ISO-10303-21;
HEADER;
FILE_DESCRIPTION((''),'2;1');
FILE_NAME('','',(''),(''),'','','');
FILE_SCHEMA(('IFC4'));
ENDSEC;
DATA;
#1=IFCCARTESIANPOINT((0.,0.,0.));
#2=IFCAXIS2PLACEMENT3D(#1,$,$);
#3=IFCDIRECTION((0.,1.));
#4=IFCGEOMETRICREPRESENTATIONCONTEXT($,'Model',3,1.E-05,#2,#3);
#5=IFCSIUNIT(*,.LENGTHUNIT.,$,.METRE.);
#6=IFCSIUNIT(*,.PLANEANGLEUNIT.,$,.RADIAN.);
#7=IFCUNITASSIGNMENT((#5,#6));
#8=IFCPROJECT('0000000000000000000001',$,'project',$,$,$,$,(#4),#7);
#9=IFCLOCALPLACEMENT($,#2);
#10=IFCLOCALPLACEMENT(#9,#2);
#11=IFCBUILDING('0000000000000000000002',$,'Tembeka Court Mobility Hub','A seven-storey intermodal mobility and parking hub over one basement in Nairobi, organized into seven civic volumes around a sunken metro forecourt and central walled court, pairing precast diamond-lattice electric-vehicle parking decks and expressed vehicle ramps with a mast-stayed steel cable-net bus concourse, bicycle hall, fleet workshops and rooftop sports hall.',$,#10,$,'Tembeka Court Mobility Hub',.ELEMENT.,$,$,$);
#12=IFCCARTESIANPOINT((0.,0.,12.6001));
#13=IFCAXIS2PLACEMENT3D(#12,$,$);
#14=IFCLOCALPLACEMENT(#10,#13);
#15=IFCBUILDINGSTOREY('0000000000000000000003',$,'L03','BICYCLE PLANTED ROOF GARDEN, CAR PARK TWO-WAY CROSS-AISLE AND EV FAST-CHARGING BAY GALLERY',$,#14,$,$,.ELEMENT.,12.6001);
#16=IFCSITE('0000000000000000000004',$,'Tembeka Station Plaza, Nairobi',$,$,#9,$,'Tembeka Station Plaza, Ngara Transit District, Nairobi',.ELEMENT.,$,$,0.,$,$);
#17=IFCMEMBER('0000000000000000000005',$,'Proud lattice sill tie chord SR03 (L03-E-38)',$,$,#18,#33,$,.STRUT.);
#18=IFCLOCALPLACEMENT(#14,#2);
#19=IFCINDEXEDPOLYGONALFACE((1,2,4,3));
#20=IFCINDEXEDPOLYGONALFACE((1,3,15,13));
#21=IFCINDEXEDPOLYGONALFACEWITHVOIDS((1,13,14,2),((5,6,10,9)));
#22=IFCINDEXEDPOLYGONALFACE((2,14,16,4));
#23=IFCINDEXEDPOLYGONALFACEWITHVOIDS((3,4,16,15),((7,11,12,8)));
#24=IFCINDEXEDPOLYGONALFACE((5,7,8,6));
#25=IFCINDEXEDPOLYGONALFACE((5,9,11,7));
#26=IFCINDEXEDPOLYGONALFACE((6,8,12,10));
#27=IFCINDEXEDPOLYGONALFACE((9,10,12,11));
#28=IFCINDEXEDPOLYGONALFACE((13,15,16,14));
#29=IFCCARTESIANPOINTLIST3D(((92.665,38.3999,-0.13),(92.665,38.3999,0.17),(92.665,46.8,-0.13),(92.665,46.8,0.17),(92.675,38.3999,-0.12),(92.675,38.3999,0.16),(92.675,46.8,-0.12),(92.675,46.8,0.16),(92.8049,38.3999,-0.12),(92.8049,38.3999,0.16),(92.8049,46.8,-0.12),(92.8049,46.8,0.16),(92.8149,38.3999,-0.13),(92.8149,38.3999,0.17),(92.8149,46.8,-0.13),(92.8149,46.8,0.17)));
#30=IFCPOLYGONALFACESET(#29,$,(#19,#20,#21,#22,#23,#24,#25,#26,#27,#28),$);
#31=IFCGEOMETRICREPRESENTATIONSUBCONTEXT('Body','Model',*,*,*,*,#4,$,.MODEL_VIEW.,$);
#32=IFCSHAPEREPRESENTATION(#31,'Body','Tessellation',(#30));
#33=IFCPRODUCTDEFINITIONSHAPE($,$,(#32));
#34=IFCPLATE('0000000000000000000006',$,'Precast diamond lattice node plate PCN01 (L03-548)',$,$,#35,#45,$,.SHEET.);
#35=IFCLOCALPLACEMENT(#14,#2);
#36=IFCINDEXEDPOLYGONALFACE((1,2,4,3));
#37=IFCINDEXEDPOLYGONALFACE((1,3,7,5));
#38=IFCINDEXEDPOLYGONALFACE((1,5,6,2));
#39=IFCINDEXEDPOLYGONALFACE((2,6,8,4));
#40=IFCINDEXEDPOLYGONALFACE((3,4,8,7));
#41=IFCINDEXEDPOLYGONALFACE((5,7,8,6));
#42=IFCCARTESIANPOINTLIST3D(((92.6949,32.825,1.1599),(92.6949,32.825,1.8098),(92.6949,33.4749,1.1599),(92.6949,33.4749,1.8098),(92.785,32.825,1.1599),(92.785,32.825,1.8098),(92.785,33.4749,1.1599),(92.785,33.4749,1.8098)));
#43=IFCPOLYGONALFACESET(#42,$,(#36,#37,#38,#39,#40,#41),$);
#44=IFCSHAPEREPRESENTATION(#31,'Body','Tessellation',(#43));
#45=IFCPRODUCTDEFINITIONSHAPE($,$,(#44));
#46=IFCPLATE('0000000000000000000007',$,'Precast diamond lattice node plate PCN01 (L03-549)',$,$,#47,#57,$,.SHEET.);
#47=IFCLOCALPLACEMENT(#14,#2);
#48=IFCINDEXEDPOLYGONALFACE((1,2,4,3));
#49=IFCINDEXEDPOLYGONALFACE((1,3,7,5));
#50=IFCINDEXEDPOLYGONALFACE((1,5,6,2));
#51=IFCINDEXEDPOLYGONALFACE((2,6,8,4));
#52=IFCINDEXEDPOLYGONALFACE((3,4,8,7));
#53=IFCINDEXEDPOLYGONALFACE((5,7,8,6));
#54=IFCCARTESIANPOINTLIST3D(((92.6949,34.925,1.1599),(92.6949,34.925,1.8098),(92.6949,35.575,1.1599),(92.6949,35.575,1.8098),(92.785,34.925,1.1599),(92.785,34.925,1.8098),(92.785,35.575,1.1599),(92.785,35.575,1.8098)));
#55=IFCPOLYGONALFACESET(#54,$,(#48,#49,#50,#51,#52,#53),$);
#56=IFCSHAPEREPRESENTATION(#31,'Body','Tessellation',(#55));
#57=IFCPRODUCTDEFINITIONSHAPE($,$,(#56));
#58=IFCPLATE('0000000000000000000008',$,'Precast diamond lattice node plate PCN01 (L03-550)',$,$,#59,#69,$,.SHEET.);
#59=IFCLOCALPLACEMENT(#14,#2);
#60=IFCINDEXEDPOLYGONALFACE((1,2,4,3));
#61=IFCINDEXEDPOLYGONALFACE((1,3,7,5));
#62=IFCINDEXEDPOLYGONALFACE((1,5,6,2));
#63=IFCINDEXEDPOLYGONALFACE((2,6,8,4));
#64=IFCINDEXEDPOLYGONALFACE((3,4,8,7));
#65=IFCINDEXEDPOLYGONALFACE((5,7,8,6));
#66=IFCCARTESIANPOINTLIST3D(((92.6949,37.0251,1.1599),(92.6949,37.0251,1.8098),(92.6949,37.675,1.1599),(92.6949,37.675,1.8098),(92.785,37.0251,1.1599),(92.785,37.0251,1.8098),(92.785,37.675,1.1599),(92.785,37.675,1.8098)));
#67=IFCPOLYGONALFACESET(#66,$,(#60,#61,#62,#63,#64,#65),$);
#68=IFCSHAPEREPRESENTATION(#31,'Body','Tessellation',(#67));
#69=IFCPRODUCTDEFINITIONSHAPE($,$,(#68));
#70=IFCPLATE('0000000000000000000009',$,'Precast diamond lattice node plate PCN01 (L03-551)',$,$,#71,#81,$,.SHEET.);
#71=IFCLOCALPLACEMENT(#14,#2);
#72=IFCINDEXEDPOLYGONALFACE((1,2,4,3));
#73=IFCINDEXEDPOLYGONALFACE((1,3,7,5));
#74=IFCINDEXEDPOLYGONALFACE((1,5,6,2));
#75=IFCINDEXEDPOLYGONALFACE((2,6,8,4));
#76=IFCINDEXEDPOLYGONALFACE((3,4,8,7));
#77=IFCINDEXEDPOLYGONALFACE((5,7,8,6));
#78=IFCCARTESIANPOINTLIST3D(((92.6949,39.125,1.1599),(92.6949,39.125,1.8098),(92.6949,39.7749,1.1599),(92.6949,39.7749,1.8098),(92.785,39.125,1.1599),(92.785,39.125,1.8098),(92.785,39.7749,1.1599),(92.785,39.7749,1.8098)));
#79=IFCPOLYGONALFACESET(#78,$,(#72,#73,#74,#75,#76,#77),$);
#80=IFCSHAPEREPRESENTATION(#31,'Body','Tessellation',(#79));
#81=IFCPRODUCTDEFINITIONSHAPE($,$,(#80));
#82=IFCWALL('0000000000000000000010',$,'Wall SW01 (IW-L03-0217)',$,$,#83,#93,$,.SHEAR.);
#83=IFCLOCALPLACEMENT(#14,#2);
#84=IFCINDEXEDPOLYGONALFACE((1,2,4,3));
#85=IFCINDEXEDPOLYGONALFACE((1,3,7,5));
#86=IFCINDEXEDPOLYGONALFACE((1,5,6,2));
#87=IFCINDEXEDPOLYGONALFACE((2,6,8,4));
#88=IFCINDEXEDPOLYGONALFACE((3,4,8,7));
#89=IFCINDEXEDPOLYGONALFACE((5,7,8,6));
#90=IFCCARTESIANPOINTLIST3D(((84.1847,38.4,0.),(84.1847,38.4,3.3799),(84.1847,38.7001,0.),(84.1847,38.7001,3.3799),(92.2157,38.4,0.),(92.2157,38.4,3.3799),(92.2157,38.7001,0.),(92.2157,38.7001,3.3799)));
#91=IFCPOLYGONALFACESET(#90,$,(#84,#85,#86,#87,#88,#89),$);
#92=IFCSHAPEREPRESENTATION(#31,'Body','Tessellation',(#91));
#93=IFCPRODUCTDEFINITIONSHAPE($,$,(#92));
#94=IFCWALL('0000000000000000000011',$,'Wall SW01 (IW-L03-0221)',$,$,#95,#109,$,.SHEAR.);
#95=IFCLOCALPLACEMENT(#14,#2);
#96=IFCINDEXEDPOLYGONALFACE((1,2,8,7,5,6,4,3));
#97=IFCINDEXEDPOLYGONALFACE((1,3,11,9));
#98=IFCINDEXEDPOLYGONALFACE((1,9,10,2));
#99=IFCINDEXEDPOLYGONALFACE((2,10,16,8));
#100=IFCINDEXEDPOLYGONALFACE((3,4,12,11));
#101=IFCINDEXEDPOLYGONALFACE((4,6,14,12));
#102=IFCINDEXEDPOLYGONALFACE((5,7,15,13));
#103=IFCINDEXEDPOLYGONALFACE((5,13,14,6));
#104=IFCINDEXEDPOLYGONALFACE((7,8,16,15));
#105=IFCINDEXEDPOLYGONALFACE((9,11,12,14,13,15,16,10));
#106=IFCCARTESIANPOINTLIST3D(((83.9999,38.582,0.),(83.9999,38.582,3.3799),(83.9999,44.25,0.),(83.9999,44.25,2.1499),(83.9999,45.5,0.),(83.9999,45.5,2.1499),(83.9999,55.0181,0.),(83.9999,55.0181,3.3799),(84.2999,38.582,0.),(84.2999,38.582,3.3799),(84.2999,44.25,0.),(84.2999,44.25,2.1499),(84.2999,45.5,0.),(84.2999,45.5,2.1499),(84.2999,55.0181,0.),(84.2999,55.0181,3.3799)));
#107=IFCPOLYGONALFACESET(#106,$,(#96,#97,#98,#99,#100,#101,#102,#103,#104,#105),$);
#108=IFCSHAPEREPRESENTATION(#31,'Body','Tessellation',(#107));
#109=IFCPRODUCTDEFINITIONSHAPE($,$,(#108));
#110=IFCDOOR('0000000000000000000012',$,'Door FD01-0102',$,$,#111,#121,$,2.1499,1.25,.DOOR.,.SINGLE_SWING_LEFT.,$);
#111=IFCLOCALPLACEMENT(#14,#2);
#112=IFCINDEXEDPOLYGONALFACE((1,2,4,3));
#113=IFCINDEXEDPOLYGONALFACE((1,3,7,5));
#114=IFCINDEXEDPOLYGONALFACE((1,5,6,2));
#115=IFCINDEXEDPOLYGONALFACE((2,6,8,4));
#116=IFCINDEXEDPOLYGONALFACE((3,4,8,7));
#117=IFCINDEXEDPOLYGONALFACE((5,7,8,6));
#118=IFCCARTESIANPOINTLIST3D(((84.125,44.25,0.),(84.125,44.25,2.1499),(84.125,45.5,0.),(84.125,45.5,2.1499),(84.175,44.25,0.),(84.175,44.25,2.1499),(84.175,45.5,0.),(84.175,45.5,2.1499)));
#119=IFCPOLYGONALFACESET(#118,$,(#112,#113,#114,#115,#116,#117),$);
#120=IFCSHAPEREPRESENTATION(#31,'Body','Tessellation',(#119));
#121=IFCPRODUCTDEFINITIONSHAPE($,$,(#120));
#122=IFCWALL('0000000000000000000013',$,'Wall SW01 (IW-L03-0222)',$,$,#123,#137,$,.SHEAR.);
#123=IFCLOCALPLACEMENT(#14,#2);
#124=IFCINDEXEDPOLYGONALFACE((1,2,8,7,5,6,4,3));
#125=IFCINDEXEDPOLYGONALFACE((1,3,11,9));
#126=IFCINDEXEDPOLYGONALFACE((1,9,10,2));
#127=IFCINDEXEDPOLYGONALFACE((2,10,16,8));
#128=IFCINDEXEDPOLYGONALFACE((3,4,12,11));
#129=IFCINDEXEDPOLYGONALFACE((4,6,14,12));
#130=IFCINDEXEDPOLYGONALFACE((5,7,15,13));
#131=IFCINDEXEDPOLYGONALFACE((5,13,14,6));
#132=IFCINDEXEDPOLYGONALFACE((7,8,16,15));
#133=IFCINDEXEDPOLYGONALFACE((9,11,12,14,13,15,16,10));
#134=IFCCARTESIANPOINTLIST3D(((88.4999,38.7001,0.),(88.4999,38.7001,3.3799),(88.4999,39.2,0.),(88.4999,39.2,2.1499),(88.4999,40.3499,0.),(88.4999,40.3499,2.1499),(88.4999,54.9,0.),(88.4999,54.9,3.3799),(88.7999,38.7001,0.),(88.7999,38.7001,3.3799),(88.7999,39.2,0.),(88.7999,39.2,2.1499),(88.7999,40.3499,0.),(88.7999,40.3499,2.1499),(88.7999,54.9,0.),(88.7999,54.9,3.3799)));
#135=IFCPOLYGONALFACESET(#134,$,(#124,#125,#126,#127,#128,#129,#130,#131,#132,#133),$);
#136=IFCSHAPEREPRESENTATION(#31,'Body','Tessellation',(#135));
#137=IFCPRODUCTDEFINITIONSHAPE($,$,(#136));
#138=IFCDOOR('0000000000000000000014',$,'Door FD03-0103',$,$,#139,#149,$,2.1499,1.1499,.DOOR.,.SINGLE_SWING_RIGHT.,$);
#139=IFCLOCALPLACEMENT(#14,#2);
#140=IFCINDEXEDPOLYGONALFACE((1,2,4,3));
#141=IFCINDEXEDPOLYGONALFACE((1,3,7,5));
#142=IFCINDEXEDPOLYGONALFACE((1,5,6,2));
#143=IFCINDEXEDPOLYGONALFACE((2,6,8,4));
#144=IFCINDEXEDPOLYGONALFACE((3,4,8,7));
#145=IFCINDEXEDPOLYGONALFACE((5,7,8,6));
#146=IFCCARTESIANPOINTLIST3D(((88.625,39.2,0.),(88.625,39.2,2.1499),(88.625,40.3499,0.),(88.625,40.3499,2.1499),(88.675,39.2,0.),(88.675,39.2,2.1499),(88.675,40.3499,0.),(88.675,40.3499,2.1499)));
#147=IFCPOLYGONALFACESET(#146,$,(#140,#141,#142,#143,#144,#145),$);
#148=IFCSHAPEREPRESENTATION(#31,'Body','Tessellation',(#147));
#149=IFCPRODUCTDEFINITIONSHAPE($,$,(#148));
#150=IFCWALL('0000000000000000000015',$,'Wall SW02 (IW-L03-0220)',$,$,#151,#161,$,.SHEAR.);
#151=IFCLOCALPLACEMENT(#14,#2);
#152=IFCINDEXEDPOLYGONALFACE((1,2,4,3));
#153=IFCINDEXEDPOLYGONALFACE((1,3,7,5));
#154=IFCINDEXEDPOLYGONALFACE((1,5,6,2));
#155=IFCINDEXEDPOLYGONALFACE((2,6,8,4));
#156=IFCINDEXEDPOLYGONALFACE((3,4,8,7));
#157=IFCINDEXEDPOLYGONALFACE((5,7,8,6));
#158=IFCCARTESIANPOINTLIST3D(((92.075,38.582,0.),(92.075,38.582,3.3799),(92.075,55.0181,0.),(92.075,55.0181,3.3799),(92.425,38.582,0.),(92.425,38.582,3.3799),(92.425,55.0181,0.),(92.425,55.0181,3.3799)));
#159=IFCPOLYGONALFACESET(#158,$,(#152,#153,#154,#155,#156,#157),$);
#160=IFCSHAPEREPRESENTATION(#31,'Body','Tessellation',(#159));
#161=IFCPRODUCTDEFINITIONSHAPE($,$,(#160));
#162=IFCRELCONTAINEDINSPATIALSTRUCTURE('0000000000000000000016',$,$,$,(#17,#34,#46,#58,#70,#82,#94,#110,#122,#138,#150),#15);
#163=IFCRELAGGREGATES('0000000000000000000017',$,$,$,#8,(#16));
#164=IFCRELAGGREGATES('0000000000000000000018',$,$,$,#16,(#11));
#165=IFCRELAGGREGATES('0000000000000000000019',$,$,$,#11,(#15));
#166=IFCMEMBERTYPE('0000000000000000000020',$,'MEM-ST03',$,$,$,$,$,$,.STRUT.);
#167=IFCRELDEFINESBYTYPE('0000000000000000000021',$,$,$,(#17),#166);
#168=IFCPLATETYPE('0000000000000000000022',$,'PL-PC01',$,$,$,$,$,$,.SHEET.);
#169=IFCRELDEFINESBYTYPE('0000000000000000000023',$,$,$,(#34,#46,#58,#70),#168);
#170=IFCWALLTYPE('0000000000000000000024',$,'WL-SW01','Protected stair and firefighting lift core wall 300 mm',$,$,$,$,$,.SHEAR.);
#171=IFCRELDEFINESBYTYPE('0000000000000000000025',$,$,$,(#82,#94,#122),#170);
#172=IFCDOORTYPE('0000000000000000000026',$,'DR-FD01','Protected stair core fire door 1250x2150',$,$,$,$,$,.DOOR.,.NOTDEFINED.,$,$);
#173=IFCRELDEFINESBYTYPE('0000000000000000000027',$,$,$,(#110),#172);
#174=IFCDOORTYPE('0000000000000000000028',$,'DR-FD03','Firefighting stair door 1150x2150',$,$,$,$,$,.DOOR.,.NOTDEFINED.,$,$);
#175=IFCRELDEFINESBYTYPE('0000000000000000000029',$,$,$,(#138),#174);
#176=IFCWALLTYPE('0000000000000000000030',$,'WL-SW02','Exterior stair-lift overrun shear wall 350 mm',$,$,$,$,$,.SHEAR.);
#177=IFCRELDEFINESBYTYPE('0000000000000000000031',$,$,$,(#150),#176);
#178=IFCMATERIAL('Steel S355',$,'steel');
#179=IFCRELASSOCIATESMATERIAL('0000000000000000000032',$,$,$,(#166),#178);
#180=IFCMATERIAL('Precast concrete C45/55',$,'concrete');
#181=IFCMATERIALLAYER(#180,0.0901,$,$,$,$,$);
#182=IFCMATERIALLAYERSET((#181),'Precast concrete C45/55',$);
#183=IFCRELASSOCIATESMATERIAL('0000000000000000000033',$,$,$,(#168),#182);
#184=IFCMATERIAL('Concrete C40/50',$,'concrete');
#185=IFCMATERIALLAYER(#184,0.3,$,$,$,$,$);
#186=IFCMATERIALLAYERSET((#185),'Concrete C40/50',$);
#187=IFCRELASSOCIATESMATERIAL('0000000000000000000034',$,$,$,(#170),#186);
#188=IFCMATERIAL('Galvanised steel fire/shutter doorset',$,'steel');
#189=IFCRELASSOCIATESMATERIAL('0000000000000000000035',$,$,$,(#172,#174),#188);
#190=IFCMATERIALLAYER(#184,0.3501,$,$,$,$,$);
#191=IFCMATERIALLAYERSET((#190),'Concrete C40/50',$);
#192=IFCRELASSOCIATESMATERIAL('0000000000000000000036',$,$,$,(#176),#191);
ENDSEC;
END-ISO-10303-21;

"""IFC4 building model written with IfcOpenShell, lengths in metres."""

from ifc_helpers import new_model, si_unit, direction, frame, frame_2d, origin, origin_2d, place, context, subcontext, project, spatial, rectangle, hollow_rectangle, extrude, material, layer, layer_set, material_profile, profile_set, type_object, element, fill, save


model = new_model("IFC4")

# Units and contexts
model_context = context("Model", 3, precision=1e-05, world=origin(), true_north=direction((0.0, 1.0)))
body_context = subcontext(model_context, "Body", "Model", "MODEL_VIEW")
ifc_project = project(units=[si_unit("LENGTHUNIT", "METRE"), si_unit("PLANEANGLEUNIT", "RADIAN")], contexts=[model_context])

# Site, building, storey
site_placement = place(None, origin())
site = spatial("IfcSite", under=ifc_project, at=site_placement, Name="Tembeka Station Plaza, Nairobi", LongName="Tembeka Station Plaza, Ngara Transit District, Nairobi", CompositionType="ELEMENT", RefElevation=0.0)
building_placement = place(site_placement, origin())
building = spatial("IfcBuilding", under=site, at=building_placement, Name="Tembeka Court Mobility Hub", Description="A seven-storey intermodal mobility and parking hub over one basement in Nairobi, organized into seven civic volumes around a sunken metro forecourt and central walled court, pairing precast diamond-lattice electric-vehicle parking decks and expressed vehicle ramps with a mast-stayed steel cable-net bus concourse, bicycle hall, fleet workshops and rooftop sports hall.", LongName="Tembeka Court Mobility Hub", CompositionType="ELEMENT")
storey_placement = place(building_placement, frame((0.0, 0.0, 12.6001)))
storey = spatial("IfcBuildingStorey", under=building, at=storey_placement, Name="L03", Description="BICYCLE PLANTED ROOF GARDEN, CAR PARK TWO-WAY CROSS-AISLE AND EV FAST-CHARGING BAY GALLERY", CompositionType="ELEMENT", Elevation=12.6001)

# Shared definitions
ifc_material_1 = material(Name="Steel S355", Category="steel")

# Shared definitions
ifc_material_2 = material(Name="Precast concrete C45/55", Category="concrete")

# Member
ifc_material_profile_1 = material_profile(ifc_material_1, hollow_rectangle(XDim=0.1499, YDim=0.3, WallThickness=0.01, at=origin_2d()), Name="RHS 300x150x10")
ifc_profile_set_1 = profile_set([ifc_material_profile_1], Name="Steel S355")
member_type_1 = type_object("IfcMemberType", Name="MEM-ST03", PredefinedType="STRUT", material=ifc_profile_set_1)
member_1_placement = place(storey_placement, frame((92.74, 38.3999, 0.02), z_axis=(0.0, 1.0, 0.0), x_axis=(-1.0, 0.0, 0.0)))
element("IfcMember", 1, at=member_1_placement, inside=storey, type_object=member_type_1, Name="Proud lattice sill tie chord SR03 (L03-E-38)", PredefinedType="STRUT", context=body_context, shape_type="SweptSolid", body=[
    extrude(hollow_rectangle(XDim=0.1499, YDim=0.3, WallThickness=0.01, at=origin_2d()), origin(), (0.0, 0.0, 1.0), 8.4001),
])

# Plates
ifc_layer_1 = layer(ifc_material_2, 0.0901)
ifc_layer_set_1 = layer_set([ifc_layer_1], Name="Precast concrete C45/55")
plate_type = type_object("IfcPlateType", Name="PL-PC01", PredefinedType="SHEET", material=ifc_layer_set_1)
for number, where, z_axis, x_axis, name in (
    (2, (92.74, 33.1499, 1.1599), (0.0, 0.0, 1.0), (1.0, 0.0, 0.0), "Precast diamond lattice node plate PCN01 (L03-548)"),
    (3, (92.74, 35.25, 1.1599), (0.0, 0.0, 1.0), (1.0, 0.0, 0.0), "Precast diamond lattice node plate PCN01 (L03-549)"),
    (4, (92.74, 37.3501, 1.1599), (0.0, 0.0, 1.0), (1.0, 0.0, 0.0), "Precast diamond lattice node plate PCN01 (L03-550)"),
    (5, (92.74, 39.45, 1.1599), (0.0, 0.0, 1.0), (1.0, 0.0, 0.0), "Precast diamond lattice node plate PCN01 (L03-551)"),
):
    element("IfcPlate", number, at=place(storey_placement, frame(where, z_axis=z_axis, x_axis=x_axis)), inside=storey, type_object=plate_type, Name=name, PredefinedType="SHEET", context=body_context, shape_type="SweptSolid", body=[
        extrude(rectangle(XDim=0.0901, YDim=0.6499, at=origin_2d()), origin(), (0.0, 0.0, 1.0), 0.6499),
    ])

# Wall
ifc_material_3 = material(Name="Concrete C40/50", Category="concrete")
ifc_layer_2 = layer(ifc_material_3, 0.3)
ifc_layer_set_2 = layer_set([ifc_layer_2], Name="Concrete C40/50")
wall_type_1 = type_object("IfcWallType", Name="WL-SW01", Description="Protected stair and firefighting lift core wall 300 mm", PredefinedType="SHEAR", material=ifc_layer_set_2)
wall_1_placement = place(storey_placement, frame((84.1846, 38.55, 0.0), z_axis=(0.0, 0.0, 1.0), x_axis=(1.0, 0.0, 0.0)))
element("IfcWall", 6, at=wall_1_placement, inside=storey, type_object=wall_type_1, Name="Wall SW01 (IW-L03-0217)", PredefinedType="SHEAR", context=body_context, shape_type="SweptSolid", body=[
    extrude(rectangle(XDim=8.031, YDim=0.3, at=frame_2d((4.0156, 0.0))), origin(), (0.0, 0.0, 1.0), 3.3799),
])

# Walls, openings, doors
wall_2_placement = place(storey_placement, frame((84.1499, 38.582, 0.0), z_axis=(0.0, 0.0, 1.0), x_axis=(0.0, 1.0, 0.0)))
wall_2 = element("IfcWall", 7, at=wall_2_placement, inside=storey, type_object=wall_type_1, Name="Wall SW01 (IW-L03-0221)", PredefinedType="SHEAR", context=body_context, shape_type="SweptSolid", body=[
    extrude(rectangle(XDim=16.436, YDim=0.3, at=frame_2d((8.218, 0.0))), origin(), (0.0, 0.0, 1.0), 3.3799),
])
opening_1_placement = place(wall_2_placement, frame((5.668, 0.0, 0.0)))
opening_1 = element("IfcOpeningElement", 8, at=opening_1_placement, cuts=wall_2, PredefinedType="OPENING", context=body_context, shape_type="SweptSolid", body=[
    extrude(rectangle(XDim=1.25, YDim=2.1499, at=frame_2d((0.625, 1.075))), frame((0.0, 0.1602, 0.0), z_axis=(0.0, -1.0, 0.0), x_axis=(1.0, 0.0, 0.0)), (0.0, 0.0, 1.0), 0.3201),
])
ifc_material_4 = material(Name="Galvanised steel fire/shutter doorset", Category="steel")
door_type_1 = type_object("IfcDoorType", Name="DR-FD01", Description="Protected stair core fire door 1250x2150", OperationType="NOTDEFINED", PredefinedType="DOOR", material=ifc_material_4)
door_1_placement = place(opening_1_placement, origin())
door_1 = element("IfcDoor", 9, at=door_1_placement, inside=storey, type_object=door_type_1, Name="Door FD01-0102", OperationType="SINGLE_SWING_LEFT", OverallHeight=2.1499, OverallWidth=1.25, PredefinedType="DOOR", context=body_context, shape_type="SweptSolid", body=[
    extrude(rectangle(XDim=1.25, YDim=2.1499, at=frame_2d((0.625, 1.075))), frame((0.0, 0.0249, 0.0), z_axis=(0.0, -1.0, 0.0), x_axis=(1.0, 0.0, 0.0)), (0.0, 0.0, 1.0), 0.05),
])
fill(opening_1, door_1)
wall_3_placement = place(storey_placement, frame((88.6499, 38.7, 0.0), z_axis=(0.0, 0.0, 1.0), x_axis=(0.0, 1.0, 0.0)))
wall_3 = element("IfcWall", 10, at=wall_3_placement, inside=storey, type_object=wall_type_1, Name="Wall SW01 (IW-L03-0222)", PredefinedType="SHEAR", context=body_context, shape_type="SweptSolid", body=[
    extrude(rectangle(XDim=16.2, YDim=0.3, at=frame_2d((8.1001, 0.0))), origin(), (0.0, 0.0, 1.0), 3.3799),
])
opening_2_placement = place(wall_3_placement, frame((0.5, 0.0, 0.0)))
opening_2 = element("IfcOpeningElement", 11, at=opening_2_placement, cuts=wall_3, PredefinedType="OPENING", context=body_context, shape_type="SweptSolid", body=[
    extrude(rectangle(XDim=1.1499, YDim=2.1499, at=frame_2d((0.575, 1.075))), frame((0.0, 0.1602, 0.0), z_axis=(0.0, -1.0, 0.0), x_axis=(1.0, 0.0, 0.0)), (0.0, 0.0, 1.0), 0.3201),
])
door_type_2 = type_object("IfcDoorType", Name="DR-FD03", Description="Firefighting stair door 1150x2150", OperationType="NOTDEFINED", PredefinedType="DOOR", material=ifc_material_4)
door_2_placement = place(opening_2_placement, origin())
door_2 = element("IfcDoor", 12, at=door_2_placement, inside=storey, type_object=door_type_2, Name="Door FD03-0103", OperationType="SINGLE_SWING_RIGHT", OverallHeight=2.1499, OverallWidth=1.1499, PredefinedType="DOOR", context=body_context, shape_type="SweptSolid", body=[
    extrude(rectangle(XDim=1.1499, YDim=2.1499, at=frame_2d((0.575, 1.075))), frame((0.0, 0.0249, 0.0), z_axis=(0.0, -1.0, 0.0), x_axis=(1.0, 0.0, 0.0)), (0.0, 0.0, 1.0), 0.05),
])
fill(opening_2, door_2)

# Wall
ifc_layer_3 = layer(ifc_material_3, 0.3501)
ifc_layer_set_3 = layer_set([ifc_layer_3], Name="Concrete C40/50")
wall_type_2 = type_object("IfcWallType", Name="WL-SW02", Description="Exterior stair-lift overrun shear wall 350 mm", PredefinedType="SHEAR", material=ifc_layer_set_3)
wall_4_placement = place(storey_placement, frame((92.25, 38.582, 0.0), z_axis=(0.0, 0.0, 1.0), x_axis=(0.0, 1.0, 0.0)))
element("IfcWall", 13, at=wall_4_placement, inside=storey, type_object=wall_type_2, Name="Wall SW02 (IW-L03-0220)", PredefinedType="SHEAR", context=body_context, shape_type="SweptSolid", body=[
    extrude(rectangle(XDim=16.436, YDim=0.3501, at=frame_2d((8.218, 0.0))), origin(), (0.0, 0.0, 1.0), 3.3799),
])

save(model, "model.ifc")
